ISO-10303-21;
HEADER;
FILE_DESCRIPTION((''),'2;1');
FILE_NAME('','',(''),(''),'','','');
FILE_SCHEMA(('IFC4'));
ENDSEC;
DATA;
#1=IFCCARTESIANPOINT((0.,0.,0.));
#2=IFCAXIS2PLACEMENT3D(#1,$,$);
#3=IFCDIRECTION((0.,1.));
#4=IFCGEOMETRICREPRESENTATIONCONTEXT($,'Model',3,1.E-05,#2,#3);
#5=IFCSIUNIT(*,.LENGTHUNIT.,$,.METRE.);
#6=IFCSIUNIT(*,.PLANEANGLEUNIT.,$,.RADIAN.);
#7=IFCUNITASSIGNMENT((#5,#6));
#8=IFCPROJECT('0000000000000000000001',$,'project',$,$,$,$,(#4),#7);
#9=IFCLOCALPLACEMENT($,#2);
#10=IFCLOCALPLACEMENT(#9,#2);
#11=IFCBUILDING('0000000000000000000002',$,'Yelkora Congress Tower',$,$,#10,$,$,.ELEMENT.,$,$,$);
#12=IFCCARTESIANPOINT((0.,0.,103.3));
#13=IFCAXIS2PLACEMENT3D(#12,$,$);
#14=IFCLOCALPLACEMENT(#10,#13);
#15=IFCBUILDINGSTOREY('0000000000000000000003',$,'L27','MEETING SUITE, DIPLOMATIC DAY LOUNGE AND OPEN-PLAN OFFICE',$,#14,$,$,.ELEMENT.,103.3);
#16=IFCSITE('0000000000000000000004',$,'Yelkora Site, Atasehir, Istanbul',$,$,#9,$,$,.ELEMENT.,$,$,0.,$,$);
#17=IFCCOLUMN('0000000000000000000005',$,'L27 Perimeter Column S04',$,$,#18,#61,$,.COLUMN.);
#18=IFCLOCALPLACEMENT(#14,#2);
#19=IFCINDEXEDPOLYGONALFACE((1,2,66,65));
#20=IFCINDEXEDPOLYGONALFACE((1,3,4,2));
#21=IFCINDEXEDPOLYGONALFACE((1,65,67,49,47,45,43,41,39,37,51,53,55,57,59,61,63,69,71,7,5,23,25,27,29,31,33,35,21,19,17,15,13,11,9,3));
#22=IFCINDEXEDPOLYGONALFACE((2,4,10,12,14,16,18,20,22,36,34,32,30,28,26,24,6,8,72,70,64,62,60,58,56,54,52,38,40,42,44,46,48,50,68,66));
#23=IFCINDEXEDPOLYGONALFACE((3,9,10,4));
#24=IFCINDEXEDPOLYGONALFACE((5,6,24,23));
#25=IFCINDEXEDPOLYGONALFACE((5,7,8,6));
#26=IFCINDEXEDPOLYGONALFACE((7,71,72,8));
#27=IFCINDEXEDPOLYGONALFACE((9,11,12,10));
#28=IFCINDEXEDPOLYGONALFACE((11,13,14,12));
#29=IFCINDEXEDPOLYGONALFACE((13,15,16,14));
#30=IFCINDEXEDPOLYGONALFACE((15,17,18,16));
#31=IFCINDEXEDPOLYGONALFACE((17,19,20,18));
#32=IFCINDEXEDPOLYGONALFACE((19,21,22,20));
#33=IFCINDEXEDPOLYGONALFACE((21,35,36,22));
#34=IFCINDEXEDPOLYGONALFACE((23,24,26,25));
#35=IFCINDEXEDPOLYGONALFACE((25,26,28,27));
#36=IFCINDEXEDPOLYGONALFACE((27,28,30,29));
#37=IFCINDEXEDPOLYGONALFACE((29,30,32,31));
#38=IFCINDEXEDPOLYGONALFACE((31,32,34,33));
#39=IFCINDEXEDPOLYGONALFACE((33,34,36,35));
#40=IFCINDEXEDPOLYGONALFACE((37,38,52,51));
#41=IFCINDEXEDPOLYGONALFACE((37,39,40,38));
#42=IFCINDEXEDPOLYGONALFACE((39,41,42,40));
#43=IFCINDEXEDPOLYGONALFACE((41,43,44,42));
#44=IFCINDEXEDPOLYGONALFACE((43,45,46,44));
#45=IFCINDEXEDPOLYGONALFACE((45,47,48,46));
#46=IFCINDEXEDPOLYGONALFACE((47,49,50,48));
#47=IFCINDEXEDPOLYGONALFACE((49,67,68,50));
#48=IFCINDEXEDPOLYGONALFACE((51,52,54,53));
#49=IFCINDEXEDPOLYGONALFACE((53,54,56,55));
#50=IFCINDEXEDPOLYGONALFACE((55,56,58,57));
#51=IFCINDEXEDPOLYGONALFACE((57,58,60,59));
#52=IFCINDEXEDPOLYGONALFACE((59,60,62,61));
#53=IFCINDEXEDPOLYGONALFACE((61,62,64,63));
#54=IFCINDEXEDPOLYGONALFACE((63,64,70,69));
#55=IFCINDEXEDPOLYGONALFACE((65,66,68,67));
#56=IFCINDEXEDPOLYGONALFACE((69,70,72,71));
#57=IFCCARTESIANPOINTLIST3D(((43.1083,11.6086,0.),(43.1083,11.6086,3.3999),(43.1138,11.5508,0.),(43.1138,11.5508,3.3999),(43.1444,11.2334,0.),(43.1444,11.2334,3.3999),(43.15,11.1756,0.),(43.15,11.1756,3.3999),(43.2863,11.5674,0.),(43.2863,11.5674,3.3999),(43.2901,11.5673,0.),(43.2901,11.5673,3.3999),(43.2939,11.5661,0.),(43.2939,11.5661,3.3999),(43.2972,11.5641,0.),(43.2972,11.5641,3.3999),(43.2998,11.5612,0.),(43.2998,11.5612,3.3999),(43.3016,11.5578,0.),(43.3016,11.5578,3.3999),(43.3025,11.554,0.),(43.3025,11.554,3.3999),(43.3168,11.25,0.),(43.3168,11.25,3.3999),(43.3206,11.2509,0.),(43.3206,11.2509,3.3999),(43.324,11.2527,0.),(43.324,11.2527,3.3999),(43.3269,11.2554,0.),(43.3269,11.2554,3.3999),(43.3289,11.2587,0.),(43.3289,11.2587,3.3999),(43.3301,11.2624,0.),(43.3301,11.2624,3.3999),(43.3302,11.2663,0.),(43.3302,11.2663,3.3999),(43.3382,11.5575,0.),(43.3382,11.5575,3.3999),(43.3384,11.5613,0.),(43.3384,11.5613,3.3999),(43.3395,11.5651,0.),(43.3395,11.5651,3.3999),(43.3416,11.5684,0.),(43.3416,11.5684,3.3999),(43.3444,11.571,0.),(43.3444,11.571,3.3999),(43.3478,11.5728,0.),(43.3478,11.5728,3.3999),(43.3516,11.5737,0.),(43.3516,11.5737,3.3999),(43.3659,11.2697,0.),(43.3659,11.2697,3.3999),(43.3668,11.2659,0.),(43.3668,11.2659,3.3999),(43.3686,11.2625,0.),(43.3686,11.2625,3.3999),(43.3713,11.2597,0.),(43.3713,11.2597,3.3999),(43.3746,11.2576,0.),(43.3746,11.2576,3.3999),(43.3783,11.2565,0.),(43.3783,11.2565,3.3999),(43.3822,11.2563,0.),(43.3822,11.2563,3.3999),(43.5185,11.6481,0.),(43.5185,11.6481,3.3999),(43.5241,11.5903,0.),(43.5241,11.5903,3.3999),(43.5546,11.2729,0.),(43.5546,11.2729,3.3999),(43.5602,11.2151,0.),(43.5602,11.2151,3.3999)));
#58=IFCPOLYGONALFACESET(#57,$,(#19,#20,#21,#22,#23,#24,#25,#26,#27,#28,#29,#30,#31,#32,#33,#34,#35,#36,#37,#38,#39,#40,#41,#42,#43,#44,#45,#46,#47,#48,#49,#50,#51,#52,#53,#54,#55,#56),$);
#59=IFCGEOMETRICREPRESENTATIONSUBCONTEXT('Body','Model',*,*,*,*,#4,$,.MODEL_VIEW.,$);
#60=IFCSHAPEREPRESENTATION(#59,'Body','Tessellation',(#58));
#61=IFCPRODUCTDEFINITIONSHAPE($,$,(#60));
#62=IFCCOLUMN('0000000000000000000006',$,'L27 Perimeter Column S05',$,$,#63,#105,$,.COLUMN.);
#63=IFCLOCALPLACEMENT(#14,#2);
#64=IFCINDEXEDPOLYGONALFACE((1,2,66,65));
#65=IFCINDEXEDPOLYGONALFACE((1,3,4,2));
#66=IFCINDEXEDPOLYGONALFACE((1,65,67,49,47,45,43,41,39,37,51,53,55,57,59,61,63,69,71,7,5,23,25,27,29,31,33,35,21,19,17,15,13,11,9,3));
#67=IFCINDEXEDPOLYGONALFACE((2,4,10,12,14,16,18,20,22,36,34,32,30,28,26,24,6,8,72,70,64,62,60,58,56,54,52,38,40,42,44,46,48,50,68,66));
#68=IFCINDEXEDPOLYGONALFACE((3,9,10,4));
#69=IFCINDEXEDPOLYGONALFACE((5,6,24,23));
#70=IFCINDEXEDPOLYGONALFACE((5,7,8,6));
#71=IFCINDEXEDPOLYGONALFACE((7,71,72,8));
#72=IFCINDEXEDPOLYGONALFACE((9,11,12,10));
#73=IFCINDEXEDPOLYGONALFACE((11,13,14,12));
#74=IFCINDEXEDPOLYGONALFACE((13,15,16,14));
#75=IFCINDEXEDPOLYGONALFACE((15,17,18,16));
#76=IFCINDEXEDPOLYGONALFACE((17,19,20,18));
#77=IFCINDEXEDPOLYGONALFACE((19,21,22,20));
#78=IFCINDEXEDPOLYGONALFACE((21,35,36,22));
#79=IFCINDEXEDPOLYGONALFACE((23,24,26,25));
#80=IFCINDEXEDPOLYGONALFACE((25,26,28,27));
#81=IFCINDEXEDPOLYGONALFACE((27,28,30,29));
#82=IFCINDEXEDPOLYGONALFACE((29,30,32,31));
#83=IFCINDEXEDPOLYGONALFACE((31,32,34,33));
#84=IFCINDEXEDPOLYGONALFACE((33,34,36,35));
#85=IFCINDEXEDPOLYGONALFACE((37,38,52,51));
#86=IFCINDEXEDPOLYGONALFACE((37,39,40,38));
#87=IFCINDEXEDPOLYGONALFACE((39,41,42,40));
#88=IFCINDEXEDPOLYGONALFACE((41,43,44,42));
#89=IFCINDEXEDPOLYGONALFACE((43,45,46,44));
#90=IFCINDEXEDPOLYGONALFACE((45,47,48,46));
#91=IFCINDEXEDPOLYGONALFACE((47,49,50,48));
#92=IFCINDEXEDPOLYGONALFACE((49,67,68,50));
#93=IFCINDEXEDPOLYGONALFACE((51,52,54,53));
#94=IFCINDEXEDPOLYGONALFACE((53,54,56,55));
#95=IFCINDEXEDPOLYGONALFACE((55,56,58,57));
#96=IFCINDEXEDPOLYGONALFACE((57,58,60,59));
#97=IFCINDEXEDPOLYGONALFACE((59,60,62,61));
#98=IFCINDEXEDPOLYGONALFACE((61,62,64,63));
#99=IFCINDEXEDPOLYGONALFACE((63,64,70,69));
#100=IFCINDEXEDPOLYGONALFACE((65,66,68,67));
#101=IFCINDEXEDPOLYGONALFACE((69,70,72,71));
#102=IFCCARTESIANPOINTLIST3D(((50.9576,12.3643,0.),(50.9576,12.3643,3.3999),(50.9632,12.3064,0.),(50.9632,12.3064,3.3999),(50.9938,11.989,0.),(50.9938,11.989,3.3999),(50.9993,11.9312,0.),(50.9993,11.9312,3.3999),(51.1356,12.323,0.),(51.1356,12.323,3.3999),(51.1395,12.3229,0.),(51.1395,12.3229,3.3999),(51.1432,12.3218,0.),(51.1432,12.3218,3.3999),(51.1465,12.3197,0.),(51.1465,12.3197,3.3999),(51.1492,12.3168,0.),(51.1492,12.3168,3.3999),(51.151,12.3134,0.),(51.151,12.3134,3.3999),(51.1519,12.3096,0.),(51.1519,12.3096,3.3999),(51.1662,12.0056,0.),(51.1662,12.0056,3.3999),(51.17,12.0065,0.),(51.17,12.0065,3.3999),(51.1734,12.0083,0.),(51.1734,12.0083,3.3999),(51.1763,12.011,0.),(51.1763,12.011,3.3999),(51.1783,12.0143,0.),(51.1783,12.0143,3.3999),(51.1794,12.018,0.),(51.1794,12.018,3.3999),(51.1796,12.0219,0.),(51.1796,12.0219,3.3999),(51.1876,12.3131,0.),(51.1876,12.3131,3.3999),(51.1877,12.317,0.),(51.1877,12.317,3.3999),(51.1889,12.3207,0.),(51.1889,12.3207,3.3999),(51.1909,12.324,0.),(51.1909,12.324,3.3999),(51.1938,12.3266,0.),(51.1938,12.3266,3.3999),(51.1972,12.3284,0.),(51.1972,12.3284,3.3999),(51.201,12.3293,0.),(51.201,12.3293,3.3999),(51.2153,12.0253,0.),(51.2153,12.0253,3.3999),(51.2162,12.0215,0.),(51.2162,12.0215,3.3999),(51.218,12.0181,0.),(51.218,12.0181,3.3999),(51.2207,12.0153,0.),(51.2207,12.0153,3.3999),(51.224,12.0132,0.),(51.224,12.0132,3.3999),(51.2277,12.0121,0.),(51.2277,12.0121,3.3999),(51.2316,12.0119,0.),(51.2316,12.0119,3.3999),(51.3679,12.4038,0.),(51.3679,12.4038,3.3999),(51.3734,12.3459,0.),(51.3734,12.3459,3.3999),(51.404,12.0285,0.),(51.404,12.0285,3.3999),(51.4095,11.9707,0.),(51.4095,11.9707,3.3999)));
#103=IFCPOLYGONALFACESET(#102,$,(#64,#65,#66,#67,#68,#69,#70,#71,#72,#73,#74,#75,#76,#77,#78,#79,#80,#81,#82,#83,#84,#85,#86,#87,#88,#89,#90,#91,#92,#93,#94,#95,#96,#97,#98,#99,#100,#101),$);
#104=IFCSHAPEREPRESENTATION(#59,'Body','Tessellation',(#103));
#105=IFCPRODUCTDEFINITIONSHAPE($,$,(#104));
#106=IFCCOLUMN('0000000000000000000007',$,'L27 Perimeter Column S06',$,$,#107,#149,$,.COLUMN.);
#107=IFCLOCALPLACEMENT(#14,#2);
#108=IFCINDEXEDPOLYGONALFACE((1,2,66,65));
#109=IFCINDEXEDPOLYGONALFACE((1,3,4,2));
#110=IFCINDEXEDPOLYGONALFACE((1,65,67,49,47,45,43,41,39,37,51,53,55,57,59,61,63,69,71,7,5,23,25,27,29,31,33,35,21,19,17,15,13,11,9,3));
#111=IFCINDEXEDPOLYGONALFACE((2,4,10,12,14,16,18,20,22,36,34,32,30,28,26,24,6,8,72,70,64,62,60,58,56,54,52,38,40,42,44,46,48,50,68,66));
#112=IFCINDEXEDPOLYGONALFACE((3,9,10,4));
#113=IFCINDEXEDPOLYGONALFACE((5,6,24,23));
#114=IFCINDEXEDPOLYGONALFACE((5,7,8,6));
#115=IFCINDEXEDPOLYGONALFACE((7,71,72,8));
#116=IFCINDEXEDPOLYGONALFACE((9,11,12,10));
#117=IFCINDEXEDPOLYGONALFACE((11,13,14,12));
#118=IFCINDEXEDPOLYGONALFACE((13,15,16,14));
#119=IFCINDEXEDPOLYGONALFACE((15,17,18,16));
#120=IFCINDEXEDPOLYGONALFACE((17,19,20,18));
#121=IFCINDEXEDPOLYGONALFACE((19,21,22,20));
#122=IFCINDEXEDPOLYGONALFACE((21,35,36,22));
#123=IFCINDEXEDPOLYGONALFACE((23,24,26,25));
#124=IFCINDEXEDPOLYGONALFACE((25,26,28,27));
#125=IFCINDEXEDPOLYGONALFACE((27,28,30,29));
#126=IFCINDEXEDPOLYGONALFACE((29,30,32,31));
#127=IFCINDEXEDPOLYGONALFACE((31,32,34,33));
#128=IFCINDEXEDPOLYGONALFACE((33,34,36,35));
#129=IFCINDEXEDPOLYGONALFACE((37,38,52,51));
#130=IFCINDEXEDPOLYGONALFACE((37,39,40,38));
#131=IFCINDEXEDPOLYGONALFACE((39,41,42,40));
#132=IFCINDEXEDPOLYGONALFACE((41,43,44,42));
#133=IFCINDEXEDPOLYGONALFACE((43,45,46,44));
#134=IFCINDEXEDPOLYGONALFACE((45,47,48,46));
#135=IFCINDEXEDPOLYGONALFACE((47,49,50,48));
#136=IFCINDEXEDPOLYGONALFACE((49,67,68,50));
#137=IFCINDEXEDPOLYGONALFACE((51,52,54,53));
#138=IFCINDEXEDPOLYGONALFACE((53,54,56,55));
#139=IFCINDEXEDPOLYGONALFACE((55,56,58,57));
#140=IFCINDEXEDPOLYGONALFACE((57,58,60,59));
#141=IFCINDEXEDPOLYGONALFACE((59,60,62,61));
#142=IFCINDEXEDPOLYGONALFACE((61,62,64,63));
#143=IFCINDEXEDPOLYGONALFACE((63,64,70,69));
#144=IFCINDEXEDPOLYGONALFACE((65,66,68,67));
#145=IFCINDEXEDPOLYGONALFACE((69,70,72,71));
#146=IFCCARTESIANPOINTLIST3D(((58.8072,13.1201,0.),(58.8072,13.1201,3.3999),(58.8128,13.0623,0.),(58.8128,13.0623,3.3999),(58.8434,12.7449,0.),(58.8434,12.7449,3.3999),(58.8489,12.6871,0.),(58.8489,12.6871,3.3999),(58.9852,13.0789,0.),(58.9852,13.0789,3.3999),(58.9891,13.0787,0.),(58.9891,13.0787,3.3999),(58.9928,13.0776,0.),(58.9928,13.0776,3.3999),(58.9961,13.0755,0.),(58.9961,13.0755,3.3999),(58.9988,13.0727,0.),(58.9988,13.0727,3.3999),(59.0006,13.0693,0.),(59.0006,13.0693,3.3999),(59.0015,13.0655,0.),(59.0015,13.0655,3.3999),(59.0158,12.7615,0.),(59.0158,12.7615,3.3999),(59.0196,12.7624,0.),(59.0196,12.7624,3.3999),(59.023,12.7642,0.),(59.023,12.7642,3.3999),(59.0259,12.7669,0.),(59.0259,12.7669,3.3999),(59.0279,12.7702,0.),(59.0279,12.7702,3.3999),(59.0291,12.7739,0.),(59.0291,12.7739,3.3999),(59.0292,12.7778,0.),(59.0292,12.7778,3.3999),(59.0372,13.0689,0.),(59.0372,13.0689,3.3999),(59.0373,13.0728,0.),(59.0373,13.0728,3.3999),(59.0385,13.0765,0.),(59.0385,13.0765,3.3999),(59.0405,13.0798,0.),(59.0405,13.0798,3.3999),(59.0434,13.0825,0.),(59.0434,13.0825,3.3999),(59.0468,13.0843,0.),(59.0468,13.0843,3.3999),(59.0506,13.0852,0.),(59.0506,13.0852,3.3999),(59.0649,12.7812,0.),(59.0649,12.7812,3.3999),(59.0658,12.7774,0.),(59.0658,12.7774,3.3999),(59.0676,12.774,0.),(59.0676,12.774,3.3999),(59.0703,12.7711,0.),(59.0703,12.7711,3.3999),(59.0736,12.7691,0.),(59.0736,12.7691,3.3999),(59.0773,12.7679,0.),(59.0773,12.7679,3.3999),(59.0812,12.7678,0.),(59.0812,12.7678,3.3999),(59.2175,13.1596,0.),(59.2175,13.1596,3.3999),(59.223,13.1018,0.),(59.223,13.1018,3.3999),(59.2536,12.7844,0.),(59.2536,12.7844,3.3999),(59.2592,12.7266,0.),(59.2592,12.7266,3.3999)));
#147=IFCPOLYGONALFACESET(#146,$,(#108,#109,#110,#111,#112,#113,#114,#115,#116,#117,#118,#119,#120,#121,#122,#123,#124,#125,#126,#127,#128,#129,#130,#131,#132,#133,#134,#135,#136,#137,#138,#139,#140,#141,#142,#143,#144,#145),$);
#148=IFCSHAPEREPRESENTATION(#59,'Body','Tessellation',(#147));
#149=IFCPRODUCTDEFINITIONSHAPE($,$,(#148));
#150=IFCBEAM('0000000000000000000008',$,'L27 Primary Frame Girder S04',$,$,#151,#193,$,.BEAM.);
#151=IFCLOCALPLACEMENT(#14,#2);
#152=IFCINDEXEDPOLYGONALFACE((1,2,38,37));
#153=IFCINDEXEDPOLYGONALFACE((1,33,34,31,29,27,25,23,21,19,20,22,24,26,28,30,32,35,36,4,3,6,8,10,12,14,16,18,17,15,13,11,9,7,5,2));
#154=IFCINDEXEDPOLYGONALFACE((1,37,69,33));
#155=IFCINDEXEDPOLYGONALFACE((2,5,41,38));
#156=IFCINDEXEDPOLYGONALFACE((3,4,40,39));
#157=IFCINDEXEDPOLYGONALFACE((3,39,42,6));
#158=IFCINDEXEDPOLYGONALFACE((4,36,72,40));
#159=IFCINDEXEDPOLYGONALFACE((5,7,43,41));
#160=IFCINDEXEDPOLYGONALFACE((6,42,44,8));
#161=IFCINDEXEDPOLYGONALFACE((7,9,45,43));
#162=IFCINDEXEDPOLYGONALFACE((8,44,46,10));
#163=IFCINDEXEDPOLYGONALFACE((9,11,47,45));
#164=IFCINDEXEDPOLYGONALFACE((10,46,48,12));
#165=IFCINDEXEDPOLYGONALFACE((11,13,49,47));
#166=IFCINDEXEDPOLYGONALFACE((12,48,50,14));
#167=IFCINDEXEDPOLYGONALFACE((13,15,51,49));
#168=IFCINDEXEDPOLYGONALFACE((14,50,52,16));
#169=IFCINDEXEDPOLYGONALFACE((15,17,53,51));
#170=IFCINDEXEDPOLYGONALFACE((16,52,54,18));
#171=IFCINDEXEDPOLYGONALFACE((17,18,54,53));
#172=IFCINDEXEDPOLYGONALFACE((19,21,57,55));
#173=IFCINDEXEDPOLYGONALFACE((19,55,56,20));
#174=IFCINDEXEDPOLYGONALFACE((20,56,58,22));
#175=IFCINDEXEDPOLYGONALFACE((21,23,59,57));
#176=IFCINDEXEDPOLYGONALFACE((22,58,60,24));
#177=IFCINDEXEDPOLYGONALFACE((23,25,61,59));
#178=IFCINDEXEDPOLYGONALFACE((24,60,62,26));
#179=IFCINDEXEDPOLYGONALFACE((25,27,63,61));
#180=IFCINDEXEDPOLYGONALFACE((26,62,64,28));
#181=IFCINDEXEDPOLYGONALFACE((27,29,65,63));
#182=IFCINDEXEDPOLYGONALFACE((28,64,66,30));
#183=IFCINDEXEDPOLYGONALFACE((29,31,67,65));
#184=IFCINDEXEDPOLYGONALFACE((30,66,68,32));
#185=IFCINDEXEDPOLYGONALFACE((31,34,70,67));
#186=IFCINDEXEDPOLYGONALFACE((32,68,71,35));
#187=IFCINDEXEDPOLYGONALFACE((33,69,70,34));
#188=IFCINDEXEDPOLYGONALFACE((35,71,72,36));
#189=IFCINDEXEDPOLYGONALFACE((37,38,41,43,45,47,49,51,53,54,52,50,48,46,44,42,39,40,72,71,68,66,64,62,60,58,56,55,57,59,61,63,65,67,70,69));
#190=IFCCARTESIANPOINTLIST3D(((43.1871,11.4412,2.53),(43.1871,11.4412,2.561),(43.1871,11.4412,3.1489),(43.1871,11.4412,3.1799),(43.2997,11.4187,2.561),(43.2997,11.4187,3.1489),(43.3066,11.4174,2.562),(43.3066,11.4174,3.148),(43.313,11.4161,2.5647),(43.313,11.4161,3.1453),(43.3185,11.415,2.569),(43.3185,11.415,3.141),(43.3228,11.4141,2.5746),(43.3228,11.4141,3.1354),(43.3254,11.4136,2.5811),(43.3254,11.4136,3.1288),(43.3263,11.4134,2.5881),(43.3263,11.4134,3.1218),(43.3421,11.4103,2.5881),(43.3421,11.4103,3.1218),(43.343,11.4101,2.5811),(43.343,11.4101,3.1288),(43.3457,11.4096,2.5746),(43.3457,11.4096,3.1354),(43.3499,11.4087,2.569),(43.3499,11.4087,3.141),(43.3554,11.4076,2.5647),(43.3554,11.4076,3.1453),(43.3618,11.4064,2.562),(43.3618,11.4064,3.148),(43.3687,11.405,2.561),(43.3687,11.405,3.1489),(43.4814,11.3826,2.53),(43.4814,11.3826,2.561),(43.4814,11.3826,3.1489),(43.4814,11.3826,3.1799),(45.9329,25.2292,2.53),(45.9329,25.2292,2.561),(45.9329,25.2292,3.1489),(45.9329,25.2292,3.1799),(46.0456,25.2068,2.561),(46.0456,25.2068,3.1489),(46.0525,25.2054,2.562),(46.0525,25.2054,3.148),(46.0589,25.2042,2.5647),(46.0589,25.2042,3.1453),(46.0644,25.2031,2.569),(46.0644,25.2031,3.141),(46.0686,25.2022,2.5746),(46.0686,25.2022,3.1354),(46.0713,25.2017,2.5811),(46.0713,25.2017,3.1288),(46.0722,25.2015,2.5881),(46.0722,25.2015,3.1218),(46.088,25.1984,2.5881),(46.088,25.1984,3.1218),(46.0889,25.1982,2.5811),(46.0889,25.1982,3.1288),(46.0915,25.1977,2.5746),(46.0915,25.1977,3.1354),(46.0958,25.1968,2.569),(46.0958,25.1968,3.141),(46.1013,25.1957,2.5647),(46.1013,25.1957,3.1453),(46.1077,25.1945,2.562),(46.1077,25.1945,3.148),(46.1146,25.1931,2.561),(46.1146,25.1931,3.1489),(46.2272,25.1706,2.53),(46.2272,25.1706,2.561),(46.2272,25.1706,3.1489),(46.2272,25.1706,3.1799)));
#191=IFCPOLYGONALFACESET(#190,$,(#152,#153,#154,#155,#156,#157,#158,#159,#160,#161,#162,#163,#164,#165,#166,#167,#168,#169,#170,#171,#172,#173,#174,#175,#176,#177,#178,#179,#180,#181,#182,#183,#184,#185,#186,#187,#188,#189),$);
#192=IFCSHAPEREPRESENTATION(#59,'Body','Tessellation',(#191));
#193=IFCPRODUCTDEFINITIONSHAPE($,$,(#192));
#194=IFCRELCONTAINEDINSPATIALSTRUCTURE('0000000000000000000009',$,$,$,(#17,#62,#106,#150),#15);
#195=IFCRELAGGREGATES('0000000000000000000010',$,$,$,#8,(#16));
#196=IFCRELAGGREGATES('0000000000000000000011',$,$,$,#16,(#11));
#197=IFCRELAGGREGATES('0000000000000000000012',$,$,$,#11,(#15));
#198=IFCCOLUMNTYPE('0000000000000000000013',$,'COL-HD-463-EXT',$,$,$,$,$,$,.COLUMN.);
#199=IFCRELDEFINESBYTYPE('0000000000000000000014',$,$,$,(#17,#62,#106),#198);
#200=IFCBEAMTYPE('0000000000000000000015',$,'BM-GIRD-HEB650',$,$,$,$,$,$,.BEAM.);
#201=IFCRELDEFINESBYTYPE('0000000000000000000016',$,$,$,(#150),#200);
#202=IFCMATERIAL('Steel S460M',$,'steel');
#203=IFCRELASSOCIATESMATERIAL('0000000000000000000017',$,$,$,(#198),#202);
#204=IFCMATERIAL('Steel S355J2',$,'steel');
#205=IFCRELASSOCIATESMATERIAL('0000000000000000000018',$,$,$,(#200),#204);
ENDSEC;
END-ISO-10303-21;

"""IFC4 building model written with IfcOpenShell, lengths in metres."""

from ifc_helpers import new_model, si_unit, direction, frame, origin, origin_2d, place, context, subcontext, project, spatial, i_section, extrude, material, material_profile, profile_set, type_object, element, save


model = new_model("IFC4")

# Units and contexts
model_context = context("Model", 3, precision=1e-05, world=origin(), true_north=direction((0.0, 1.0)))
body_context = subcontext(model_context, "Body", "Model", "MODEL_VIEW")
ifc_project = project(units=[si_unit("LENGTHUNIT", "METRE"), si_unit("PLANEANGLEUNIT", "RADIAN")], contexts=[model_context])

# Site, building, storey
site_placement = place(None, origin())
site = spatial("IfcSite", under=ifc_project, at=site_placement, Name="Yelkora Site, Atasehir, Istanbul", CompositionType="ELEMENT", RefElevation=0.0)
building_placement = place(site_placement, origin())
building = spatial("IfcBuilding", under=site, at=building_placement, Name="Yelkora Congress Tower", CompositionType="ELEMENT")
storey_placement = place(building_placement, frame((0.0, 0.0, 103.3)))
storey = spatial("IfcBuildingStorey", under=building, at=storey_placement, Name="L27", Description="MEETING SUITE, DIPLOMATIC DAY LOUNGE AND OPEN-PLAN OFFICE", CompositionType="ELEMENT", Elevation=103.3)

# Columns
ifc_material_1 = material(Name="Steel S460M", Category="steel")
ifc_material_profile_1 = material_profile(ifc_material_1, i_section(OverallWidth=0.4121, OverallDepth=0.4351, WebThickness=0.0359, FlangeThickness=0.0581, FilletRadius=0.0149, at=origin_2d()), Name="HD 400x463")
ifc_profile_set_1 = profile_set([ifc_material_profile_1], Name="Steel S460M")
column_type = type_object("IfcColumnType", Name="COL-HD-463-EXT", PredefinedType="COLUMN", material=ifc_profile_set_1)
for number, where, z_axis, x_axis, name in (
    (1, (43.3342, 11.4119, 0.0), (0.0, 0.0, 1.0), (0.995396, 0.095846, 0.0), "L27 Perimeter Column S04"),
    (2, (51.1836, 12.1675, 0.0), (0.0, 0.0, 1.0), (0.995396, 0.095846, 0.0), "L27 Perimeter Column S05"),
    (3, (59.0332, 12.9233, 0.0), (0.0, 0.0, 1.0), (0.995396, 0.095846, 0.0), "L27 Perimeter Column S06"),
):
    element("IfcColumn", number, at=place(storey_placement, frame(where, z_axis=z_axis, x_axis=x_axis)), inside=storey, type_object=column_type, Name=name, PredefinedType="COLUMN", context=body_context, shape_type="SweptSolid", body=[
        extrude(i_section(OverallWidth=0.4121, OverallDepth=0.4351, WebThickness=0.0359, FlangeThickness=0.0581, FilletRadius=0.0149, at=origin_2d()), origin(), (0.0, 0.0, 1.0), 3.3999),
    ])

# Beam
ifc_material_2 = material(Name="Steel S355J2", Category="steel")
ifc_material_profile_2 = material_profile(ifc_material_2, i_section(OverallWidth=0.3, OverallDepth=0.6499, WebThickness=0.0161, FlangeThickness=0.031, FilletRadius=0.0271, at=origin_2d()), Name="HEB 650")
ifc_profile_set_2 = profile_set([ifc_material_profile_2], Name="Steel S355J2")
beam_type_1 = type_object("IfcBeamType", Name="BM-GIRD-HEB650", PredefinedType="BEAM", material=ifc_profile_set_2)
beam_1_placement = place(storey_placement, frame((43.3342, 11.4119, 2.855), z_axis=(0.195311, 0.980741, 0.0), x_axis=(-0.980741, 0.195311, 0.0)))
element("IfcBeam", 4, at=beam_1_placement, inside=storey, type_object=beam_type_1, Name="L27 Primary Frame Girder S04", PredefinedType="BEAM", context=body_context, shape_type="SweptSolid", body=[
    extrude(i_section(OverallWidth=0.3, OverallDepth=0.6499, WebThickness=0.0161, FlangeThickness=0.031, FilletRadius=0.0271, at=origin_2d()), origin(), (0.0, 0.0, 1.0), 14.0588),
])

save(model, "model.ifc")
